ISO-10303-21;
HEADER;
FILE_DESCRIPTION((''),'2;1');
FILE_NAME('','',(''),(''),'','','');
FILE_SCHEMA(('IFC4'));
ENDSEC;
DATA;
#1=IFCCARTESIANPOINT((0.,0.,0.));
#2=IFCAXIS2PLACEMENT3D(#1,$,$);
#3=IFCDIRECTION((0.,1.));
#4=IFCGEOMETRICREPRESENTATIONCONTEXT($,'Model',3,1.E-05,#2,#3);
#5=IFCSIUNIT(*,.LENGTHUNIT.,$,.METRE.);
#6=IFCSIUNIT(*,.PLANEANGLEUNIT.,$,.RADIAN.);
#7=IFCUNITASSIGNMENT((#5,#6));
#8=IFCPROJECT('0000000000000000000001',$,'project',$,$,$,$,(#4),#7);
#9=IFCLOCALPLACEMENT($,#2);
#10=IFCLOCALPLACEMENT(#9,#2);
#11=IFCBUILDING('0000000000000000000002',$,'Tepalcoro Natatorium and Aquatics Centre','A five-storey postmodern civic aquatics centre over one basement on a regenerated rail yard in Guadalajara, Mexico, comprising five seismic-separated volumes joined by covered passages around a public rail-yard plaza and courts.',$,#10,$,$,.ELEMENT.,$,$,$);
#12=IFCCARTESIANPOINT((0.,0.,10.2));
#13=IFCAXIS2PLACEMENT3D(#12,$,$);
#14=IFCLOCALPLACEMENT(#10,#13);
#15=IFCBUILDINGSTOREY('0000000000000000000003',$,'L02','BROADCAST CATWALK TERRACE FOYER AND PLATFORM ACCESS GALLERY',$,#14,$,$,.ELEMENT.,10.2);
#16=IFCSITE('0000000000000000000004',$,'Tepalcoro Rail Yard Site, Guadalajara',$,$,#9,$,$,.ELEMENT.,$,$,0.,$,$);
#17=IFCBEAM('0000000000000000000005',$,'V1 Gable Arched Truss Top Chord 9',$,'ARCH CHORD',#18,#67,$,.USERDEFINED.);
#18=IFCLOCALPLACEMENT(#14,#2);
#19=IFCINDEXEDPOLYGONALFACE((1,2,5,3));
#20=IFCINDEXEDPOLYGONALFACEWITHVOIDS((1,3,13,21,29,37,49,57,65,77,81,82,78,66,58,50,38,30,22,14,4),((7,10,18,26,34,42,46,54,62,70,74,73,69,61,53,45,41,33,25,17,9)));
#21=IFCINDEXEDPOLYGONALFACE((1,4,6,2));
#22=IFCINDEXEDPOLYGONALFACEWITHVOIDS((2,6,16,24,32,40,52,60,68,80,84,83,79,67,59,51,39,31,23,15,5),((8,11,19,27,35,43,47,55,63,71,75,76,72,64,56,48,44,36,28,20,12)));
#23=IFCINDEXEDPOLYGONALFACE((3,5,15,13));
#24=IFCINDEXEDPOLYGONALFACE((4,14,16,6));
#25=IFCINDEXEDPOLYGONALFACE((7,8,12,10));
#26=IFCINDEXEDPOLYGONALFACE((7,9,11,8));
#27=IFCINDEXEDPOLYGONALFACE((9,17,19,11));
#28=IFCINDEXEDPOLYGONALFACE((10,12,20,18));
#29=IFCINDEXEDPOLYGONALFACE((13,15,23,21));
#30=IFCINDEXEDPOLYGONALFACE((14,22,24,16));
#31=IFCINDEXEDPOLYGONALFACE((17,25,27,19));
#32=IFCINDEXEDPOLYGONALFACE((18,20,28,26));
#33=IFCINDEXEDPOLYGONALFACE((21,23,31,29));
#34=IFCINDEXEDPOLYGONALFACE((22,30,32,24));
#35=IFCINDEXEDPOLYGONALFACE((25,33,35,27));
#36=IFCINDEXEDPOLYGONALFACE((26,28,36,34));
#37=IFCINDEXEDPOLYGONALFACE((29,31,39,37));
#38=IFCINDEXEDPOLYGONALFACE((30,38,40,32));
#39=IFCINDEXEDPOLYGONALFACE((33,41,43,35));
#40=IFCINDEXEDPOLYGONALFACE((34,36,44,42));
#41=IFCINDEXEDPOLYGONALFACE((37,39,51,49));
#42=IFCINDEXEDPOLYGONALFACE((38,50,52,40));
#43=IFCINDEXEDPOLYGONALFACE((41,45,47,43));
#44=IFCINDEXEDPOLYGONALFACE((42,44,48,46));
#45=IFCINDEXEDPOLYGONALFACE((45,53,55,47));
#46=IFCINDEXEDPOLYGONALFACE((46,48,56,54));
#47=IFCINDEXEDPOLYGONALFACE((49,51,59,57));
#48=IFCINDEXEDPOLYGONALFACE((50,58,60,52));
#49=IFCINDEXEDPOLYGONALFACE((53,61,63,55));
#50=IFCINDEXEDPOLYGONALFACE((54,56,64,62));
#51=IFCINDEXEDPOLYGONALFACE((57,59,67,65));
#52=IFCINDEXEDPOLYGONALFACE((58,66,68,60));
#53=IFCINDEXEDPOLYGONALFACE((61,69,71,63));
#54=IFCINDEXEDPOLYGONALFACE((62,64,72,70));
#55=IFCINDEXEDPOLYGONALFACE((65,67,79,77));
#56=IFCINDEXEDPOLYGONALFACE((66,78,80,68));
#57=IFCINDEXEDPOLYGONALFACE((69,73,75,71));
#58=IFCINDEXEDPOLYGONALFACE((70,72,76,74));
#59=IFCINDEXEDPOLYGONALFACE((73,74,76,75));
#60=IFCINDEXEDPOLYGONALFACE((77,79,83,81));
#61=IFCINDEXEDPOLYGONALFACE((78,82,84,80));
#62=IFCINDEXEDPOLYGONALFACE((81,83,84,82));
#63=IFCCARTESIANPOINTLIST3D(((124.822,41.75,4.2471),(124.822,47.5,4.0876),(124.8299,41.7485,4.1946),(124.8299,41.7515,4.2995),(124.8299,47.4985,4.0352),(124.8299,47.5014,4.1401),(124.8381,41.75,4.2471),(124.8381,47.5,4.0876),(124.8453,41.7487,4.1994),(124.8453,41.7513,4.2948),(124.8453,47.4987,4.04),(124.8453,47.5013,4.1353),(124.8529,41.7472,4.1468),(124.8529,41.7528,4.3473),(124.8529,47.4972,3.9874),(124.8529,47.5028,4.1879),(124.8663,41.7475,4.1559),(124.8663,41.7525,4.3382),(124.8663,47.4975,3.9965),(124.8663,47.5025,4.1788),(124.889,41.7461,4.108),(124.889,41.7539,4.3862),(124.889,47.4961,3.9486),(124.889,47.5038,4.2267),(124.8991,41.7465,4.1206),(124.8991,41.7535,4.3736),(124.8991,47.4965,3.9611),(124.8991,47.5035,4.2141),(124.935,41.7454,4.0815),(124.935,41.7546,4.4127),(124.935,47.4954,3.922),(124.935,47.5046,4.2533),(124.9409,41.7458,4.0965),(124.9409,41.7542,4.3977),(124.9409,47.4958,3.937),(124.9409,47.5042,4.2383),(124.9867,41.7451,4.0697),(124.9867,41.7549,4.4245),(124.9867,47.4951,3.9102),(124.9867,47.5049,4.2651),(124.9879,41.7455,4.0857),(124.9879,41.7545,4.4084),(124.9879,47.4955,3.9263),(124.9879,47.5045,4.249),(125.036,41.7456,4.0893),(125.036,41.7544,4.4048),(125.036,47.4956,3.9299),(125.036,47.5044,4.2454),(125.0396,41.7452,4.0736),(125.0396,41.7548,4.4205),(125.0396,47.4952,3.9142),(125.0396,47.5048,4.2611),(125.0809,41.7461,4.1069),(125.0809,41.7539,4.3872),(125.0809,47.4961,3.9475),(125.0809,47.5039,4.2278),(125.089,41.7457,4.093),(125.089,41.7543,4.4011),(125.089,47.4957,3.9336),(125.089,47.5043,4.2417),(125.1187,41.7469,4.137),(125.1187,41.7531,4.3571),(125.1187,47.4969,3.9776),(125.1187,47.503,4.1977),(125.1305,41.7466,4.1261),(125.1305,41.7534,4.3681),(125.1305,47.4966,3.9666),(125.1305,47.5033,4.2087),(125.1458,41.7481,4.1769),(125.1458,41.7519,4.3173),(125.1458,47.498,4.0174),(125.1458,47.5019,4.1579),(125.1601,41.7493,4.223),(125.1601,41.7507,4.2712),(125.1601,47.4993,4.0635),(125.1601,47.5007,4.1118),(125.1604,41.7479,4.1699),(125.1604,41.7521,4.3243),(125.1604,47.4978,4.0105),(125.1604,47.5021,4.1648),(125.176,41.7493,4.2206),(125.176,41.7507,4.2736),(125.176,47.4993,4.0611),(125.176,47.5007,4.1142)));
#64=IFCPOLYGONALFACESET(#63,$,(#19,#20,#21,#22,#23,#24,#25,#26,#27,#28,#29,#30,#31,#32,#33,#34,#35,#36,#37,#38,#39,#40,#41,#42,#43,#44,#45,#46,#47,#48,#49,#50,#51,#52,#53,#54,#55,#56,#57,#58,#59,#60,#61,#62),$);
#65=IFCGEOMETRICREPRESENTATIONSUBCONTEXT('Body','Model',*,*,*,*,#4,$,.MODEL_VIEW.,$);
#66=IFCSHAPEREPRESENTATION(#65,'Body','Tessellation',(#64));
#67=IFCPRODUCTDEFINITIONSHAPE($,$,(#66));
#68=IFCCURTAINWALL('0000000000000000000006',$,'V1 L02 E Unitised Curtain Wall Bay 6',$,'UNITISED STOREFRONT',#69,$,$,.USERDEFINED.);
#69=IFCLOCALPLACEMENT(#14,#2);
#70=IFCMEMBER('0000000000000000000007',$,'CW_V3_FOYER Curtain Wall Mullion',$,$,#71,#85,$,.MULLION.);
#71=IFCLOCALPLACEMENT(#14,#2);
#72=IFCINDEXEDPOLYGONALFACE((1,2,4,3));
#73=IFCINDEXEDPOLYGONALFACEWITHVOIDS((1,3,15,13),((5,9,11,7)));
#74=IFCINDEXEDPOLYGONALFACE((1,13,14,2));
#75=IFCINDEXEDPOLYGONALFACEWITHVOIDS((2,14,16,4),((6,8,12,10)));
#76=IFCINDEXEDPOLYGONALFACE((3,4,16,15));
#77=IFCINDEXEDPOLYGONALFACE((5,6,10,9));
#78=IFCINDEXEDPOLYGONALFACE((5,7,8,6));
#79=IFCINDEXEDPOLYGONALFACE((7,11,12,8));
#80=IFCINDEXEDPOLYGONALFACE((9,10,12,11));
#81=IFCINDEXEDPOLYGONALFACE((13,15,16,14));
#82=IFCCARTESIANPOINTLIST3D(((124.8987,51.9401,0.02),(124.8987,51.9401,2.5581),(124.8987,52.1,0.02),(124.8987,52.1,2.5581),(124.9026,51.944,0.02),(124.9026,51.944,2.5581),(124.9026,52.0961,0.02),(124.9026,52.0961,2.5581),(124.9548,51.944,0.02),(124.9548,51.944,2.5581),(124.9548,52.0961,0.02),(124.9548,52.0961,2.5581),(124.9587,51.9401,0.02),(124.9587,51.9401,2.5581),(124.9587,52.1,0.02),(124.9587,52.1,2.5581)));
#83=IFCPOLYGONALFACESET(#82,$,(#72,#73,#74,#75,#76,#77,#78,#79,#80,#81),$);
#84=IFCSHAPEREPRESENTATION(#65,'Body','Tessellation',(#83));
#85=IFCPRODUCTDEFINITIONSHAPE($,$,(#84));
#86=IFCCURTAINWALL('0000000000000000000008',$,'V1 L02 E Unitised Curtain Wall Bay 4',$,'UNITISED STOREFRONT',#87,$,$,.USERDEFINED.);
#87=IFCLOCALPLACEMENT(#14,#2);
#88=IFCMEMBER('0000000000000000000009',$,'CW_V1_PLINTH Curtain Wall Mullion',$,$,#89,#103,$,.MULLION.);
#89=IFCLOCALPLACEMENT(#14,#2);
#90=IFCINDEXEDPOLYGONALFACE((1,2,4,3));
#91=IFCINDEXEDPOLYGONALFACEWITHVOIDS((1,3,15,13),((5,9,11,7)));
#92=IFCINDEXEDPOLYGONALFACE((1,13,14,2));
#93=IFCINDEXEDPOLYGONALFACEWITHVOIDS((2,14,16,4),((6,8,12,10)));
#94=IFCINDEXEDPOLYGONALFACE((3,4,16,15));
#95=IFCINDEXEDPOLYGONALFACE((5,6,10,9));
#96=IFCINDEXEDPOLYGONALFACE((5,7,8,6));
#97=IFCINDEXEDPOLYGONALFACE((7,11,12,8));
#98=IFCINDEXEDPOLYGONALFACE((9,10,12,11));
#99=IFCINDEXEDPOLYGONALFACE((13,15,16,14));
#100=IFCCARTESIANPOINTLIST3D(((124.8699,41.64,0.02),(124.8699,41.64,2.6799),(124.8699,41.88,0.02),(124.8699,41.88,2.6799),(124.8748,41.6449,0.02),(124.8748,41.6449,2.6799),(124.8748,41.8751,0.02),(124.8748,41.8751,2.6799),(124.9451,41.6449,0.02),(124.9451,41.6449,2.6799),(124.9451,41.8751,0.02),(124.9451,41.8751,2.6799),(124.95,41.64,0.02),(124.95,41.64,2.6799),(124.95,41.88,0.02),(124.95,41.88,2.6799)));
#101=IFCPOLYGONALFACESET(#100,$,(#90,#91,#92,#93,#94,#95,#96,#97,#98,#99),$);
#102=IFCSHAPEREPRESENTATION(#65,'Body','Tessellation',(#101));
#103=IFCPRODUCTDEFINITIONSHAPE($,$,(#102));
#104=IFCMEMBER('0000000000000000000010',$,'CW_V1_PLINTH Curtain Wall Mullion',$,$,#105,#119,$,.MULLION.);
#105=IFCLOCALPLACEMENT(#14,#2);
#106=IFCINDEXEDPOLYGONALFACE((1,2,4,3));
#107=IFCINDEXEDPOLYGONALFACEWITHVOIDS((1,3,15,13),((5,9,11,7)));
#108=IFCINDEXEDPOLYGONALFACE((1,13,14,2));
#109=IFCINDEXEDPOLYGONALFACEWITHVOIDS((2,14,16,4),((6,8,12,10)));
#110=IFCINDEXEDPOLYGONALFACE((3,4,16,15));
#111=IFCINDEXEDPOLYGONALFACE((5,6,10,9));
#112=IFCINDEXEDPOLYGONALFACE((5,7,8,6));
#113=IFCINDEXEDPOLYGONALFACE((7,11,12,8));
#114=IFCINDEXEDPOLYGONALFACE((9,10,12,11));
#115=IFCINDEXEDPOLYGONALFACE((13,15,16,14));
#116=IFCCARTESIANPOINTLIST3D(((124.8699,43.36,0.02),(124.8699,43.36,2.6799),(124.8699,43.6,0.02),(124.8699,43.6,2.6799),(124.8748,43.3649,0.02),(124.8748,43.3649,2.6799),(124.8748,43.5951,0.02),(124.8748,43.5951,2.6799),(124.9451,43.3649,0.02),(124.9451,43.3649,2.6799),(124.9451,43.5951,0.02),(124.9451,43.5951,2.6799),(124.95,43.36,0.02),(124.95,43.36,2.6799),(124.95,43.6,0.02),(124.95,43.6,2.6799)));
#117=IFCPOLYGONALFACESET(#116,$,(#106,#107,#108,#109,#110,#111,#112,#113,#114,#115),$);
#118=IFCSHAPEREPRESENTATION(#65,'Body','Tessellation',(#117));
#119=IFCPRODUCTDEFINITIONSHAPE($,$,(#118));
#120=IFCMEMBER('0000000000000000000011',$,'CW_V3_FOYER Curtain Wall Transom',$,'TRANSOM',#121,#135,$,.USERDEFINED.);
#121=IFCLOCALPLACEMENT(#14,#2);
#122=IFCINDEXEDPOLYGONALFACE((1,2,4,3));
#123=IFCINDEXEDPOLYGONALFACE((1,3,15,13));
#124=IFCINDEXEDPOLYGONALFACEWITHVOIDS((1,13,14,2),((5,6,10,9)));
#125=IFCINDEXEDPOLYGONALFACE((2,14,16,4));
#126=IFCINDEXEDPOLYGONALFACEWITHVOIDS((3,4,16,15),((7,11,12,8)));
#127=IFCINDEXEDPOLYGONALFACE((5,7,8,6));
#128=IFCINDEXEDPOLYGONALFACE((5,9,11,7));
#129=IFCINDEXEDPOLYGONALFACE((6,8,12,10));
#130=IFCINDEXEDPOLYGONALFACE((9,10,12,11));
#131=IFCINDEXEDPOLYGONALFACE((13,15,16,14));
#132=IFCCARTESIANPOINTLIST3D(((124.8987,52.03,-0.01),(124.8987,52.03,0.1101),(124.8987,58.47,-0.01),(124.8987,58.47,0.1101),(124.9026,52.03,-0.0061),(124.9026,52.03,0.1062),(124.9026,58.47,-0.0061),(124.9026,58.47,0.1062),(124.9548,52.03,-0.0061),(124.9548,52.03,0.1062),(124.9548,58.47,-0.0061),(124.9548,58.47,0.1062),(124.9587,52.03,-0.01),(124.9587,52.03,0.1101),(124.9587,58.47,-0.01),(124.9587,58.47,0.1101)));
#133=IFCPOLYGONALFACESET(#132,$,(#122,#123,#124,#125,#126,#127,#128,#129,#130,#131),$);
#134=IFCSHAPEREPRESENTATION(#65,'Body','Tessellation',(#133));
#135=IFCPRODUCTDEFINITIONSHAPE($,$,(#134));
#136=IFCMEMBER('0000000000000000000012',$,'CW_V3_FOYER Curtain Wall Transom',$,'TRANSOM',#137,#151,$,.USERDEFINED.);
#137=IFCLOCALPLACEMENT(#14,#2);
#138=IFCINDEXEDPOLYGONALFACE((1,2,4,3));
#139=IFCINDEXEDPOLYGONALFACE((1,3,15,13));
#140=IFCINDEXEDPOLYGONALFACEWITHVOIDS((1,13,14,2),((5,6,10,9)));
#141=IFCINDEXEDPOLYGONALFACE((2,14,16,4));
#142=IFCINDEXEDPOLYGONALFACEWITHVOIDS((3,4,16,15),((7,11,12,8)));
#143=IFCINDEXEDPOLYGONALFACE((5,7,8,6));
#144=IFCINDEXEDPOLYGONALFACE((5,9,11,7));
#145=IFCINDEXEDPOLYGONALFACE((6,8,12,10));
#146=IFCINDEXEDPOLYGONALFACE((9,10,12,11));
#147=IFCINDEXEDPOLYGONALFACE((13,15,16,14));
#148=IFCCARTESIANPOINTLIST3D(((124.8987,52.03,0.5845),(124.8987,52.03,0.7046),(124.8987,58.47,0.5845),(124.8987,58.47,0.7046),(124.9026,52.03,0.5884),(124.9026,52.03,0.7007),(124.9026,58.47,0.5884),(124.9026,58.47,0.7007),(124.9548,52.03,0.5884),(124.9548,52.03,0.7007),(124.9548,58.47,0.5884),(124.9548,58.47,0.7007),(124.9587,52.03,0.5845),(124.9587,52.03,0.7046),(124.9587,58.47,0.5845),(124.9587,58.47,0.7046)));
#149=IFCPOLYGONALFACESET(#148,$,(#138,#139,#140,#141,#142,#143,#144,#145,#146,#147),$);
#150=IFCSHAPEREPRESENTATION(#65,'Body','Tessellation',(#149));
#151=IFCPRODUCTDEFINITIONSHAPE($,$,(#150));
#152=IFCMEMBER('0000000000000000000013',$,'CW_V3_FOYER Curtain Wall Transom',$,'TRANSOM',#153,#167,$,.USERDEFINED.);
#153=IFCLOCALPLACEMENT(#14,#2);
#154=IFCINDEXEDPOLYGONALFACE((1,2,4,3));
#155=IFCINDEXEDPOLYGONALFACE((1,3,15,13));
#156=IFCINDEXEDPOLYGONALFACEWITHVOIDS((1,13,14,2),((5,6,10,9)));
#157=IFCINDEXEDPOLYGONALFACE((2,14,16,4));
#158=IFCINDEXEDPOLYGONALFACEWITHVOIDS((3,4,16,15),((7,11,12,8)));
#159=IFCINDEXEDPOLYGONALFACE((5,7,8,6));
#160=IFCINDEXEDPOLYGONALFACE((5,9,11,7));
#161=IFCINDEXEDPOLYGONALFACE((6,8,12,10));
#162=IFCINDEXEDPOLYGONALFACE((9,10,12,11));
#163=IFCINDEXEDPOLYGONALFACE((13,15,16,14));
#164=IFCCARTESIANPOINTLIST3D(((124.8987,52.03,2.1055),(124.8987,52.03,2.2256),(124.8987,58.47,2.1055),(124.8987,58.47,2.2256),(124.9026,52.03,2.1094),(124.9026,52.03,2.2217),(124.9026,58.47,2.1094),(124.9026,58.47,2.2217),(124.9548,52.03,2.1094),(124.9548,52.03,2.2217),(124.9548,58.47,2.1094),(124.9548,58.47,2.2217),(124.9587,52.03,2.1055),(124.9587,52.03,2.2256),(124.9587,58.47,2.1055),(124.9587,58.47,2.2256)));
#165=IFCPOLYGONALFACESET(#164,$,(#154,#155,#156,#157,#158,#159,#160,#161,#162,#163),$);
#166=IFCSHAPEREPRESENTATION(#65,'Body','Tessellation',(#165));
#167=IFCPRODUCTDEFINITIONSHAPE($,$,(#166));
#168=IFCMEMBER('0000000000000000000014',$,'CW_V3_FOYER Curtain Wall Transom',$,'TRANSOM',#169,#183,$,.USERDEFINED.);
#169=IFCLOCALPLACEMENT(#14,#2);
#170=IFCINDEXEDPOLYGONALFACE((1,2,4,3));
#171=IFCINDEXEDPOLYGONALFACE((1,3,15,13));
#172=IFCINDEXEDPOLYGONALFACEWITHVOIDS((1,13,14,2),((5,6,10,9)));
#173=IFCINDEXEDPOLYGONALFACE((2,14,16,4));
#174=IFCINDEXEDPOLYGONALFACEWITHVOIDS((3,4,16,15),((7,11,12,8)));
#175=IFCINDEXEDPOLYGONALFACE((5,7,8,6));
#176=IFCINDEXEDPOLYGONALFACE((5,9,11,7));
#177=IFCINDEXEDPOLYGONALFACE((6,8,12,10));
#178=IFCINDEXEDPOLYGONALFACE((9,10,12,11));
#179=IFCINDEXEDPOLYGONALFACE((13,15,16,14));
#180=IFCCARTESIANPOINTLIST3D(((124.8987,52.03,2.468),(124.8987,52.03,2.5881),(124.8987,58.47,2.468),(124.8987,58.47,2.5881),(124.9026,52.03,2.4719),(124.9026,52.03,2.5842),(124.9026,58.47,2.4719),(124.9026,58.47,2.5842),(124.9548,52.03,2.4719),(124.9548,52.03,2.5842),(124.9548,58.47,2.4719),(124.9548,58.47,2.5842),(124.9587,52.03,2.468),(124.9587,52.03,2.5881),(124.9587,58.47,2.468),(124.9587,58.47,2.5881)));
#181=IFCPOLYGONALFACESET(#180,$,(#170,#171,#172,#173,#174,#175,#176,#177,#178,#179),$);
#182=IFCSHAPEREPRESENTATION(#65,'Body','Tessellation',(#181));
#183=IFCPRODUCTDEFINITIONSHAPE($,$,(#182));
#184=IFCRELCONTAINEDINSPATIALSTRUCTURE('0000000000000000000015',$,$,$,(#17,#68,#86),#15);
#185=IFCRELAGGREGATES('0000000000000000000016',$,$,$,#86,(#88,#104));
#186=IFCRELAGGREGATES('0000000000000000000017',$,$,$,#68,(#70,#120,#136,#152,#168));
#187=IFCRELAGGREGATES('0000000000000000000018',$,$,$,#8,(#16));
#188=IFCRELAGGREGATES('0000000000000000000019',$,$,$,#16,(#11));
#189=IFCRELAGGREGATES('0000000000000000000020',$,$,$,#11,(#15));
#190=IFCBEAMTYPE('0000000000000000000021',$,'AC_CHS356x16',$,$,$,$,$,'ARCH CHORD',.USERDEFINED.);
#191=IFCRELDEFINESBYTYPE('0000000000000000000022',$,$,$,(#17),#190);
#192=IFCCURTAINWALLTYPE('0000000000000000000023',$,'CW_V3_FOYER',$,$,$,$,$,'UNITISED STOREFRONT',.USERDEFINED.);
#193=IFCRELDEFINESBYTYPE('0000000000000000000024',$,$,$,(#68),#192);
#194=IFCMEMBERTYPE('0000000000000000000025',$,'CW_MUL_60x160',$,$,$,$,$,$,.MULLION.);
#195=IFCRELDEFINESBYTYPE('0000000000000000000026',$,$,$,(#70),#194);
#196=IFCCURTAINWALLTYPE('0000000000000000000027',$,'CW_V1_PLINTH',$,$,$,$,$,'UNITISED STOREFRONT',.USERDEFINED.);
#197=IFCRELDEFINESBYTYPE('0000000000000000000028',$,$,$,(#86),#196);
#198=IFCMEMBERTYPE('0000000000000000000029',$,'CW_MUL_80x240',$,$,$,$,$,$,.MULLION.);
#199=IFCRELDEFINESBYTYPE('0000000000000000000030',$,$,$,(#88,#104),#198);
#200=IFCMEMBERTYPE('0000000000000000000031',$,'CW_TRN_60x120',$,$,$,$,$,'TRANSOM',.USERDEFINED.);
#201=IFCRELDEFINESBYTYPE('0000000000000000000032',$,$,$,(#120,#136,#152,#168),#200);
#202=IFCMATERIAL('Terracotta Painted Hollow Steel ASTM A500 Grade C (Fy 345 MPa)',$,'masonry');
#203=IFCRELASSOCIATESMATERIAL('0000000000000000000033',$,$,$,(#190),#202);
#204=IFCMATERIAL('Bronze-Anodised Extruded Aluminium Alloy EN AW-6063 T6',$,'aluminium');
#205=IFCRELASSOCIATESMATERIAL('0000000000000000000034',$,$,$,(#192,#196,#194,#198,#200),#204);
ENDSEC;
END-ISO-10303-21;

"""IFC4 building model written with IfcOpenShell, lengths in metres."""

from ifc_helpers import new_model, si_unit, direction, frame, origin, origin_2d, place, context, subcontext, project, spatial, hollow_rectangle, hollow_circle, extrude, material, material_profile, profile_set, type_object, element, aggregate, save


model = new_model("IFC4")

# Units and contexts
model_context = context("Model", 3, precision=1e-05, world=origin(), true_north=direction((0.0, 1.0)))
body_context = subcontext(model_context, "Body", "Model", "MODEL_VIEW")
ifc_project = project(units=[si_unit("LENGTHUNIT", "METRE"), si_unit("PLANEANGLEUNIT", "RADIAN")], contexts=[model_context])

# Site, building, storey
site_placement = place(None, origin())
site = spatial("IfcSite", under=ifc_project, at=site_placement, Name="Tepalcoro Rail Yard Site, Guadalajara", CompositionType="ELEMENT", RefElevation=0.0)
building_placement = place(site_placement, origin())
building = spatial("IfcBuilding", under=site, at=building_placement, Name="Tepalcoro Natatorium and Aquatics Centre", Description="A five-storey postmodern civic aquatics centre over one basement on a regenerated rail yard in Guadalajara, Mexico, comprising five seismic-separated volumes joined by covered passages around a public rail-yard plaza and courts.", CompositionType="ELEMENT")
storey_placement = place(building_placement, frame((0.0, 0.0, 10.2)))
storey = spatial("IfcBuildingStorey", under=building, at=storey_placement, Name="L02", Description="BROADCAST CATWALK TERRACE FOYER AND PLATFORM ACCESS GALLERY", CompositionType="ELEMENT", Elevation=10.2)

# Beam
ifc_material_1 = material(Name="Terracotta Painted Hollow Steel ASTM A500 Grade C (Fy 345 MPa)", Category="masonry")
ifc_material_profile_1 = material_profile(ifc_material_1, hollow_circle(Radius=0.178, WallThickness=0.0161, at=origin_2d()), Name="CHS356X16")
ifc_profile_set_1 = profile_set([ifc_material_profile_1], Name="Terracotta Painted Hollow Steel ASTM A500 Grade C (Fy 345 MPa)")
beam_type = type_object("IfcBeamType", Name="AC_CHS356x16", ElementType="ARCH CHORD", PredefinedType="USERDEFINED", material=ifc_profile_set_1)
beam_placement = place(storey_placement, frame((125.0, 41.75, 4.2471), z_axis=(0.0, 0.999616, -0.027715), x_axis=(-1.0, 0.0, 0.0)))
element("IfcBeam", 1, at=beam_placement, inside=storey, type_object=beam_type, Name="V1 Gable Arched Truss Top Chord 9", ObjectType="ARCH CHORD", PredefinedType="USERDEFINED", context=body_context, shape_type="SweptSolid", body=[
    extrude(hollow_circle(Radius=0.178, WallThickness=0.0161, at=origin_2d()), origin(), (0.0, 0.0, 1.0), 5.7522),
])

# Curtain wall, member
ifc_material_2 = material(Name="Bronze-Anodised Extruded Aluminium Alloy EN AW-6063 T6", Category="aluminium")
curtain_wall_type_1 = type_object("IfcCurtainWallType", Name="CW_V3_FOYER", ElementType="UNITISED STOREFRONT", PredefinedType="USERDEFINED", material=ifc_material_2)
curtain_wall_1_placement = place(storey_placement, origin())
curtain_wall_1 = element("IfcCurtainWall", 2, at=curtain_wall_1_placement, inside=storey, type_object=curtain_wall_type_1, Name="V1 L02 E Unitised Curtain Wall Bay 6", ObjectType="UNITISED STOREFRONT", PredefinedType="USERDEFINED")
ifc_material_profile_2 = material_profile(ifc_material_2, hollow_rectangle(XDim=0.0601, YDim=0.1599, WallThickness=0.0039, at=origin_2d()), Name="AL60X160X4")
ifc_profile_set_2 = profile_set([ifc_material_profile_2], Name="Bronze-Anodised Extruded Aluminium Alloy EN AW-6063 T6")
member_type_1 = type_object("IfcMemberType", Name="CW_MUL_60x160", PredefinedType="MULLION", material=ifc_profile_set_2)
member_1_placement = place(storey_placement, frame((124.9287, 52.02, 0.02), z_axis=(0.0, 0.0, 1.0), x_axis=(1.0, 0.0, 0.0)))
member_1 = element("IfcMember", 3, at=member_1_placement, type_object=member_type_1, Name="CW_V3_FOYER Curtain Wall Mullion", PredefinedType="MULLION", context=body_context, shape_type="SweptSolid", body=[
    extrude(hollow_rectangle(XDim=0.0601, YDim=0.1599, WallThickness=0.0039, at=origin_2d()), origin(), (0.0, 0.0, 1.0), 2.5381),
])

# Curtain wall, members
curtain_wall_type_2 = type_object("IfcCurtainWallType", Name="CW_V1_PLINTH", ElementType="UNITISED STOREFRONT", PredefinedType="USERDEFINED", material=ifc_material_2)
curtain_wall_2_placement = place(storey_placement, origin())
curtain_wall_2 = element("IfcCurtainWall", 4, at=curtain_wall_2_placement, inside=storey, type_object=curtain_wall_type_2, Name="V1 L02 E Unitised Curtain Wall Bay 4", ObjectType="UNITISED STOREFRONT", PredefinedType="USERDEFINED")
ifc_material_profile_3 = material_profile(ifc_material_2, hollow_rectangle(XDim=0.0801, YDim=0.24, WallThickness=0.0049, at=origin_2d()), Name="AL80X240X5")
ifc_profile_set_3 = profile_set([ifc_material_profile_3], Name="Bronze-Anodised Extruded Aluminium Alloy EN AW-6063 T6")
member_type_2 = type_object("IfcMemberType", Name="CW_MUL_80x240", PredefinedType="MULLION", material=ifc_profile_set_3)
member_2_placement = place(storey_placement, frame((124.9099, 41.76, 0.02), z_axis=(0.0, 0.0, 1.0), x_axis=(1.0, 0.0, 0.0)))
member_2 = element("IfcMember", 5, at=member_2_placement, type_object=member_type_2, Name="CW_V1_PLINTH Curtain Wall Mullion", PredefinedType="MULLION", context=body_context, shape_type="SweptSolid", body=[
    extrude(hollow_rectangle(XDim=0.0801, YDim=0.24, WallThickness=0.0049, at=origin_2d()), origin(), (0.0, 0.0, 1.0), 2.6599),
])
member_3_placement = place(storey_placement, frame((124.9099, 43.48, 0.02), z_axis=(0.0, 0.0, 1.0), x_axis=(1.0, 0.0, 0.0)))
member_3 = element("IfcMember", 6, at=member_3_placement, type_object=member_type_2, Name="CW_V1_PLINTH Curtain Wall Mullion", PredefinedType="MULLION", context=body_context, shape_type="SweptSolid", body=[
    extrude(hollow_rectangle(XDim=0.0801, YDim=0.24, WallThickness=0.0049, at=origin_2d()), origin(), (0.0, 0.0, 1.0), 2.6599),
])

# Members
ifc_material_profile_4 = material_profile(ifc_material_2, hollow_rectangle(XDim=0.0601, YDim=0.1201, WallThickness=0.0039, at=origin_2d()), Name="AL60X120X4")
ifc_profile_set_4 = profile_set([ifc_material_profile_4], Name="Bronze-Anodised Extruded Aluminium Alloy EN AW-6063 T6")
member_type_3 = type_object("IfcMemberType", Name="CW_TRN_60x120", ElementType="TRANSOM", PredefinedType="USERDEFINED", material=ifc_profile_set_4)
member_4_placement = place(storey_placement, frame((124.9287, 52.03, 0.05), z_axis=(0.0, 1.0, 0.0), x_axis=(-1.0, 0.0, 0.0)))
member_4 = element("IfcMember", 7, at=member_4_placement, type_object=member_type_3, Name="CW_V3_FOYER Curtain Wall Transom", ObjectType="TRANSOM", PredefinedType="USERDEFINED", context=body_context, shape_type="SweptSolid", body=[
    extrude(hollow_rectangle(XDim=0.0601, YDim=0.1201, WallThickness=0.0039, at=origin_2d()), origin(), (0.0, 0.0, 1.0), 6.4399),
])
member_5_placement = place(storey_placement, frame((124.9287, 52.03, 0.6445), z_axis=(0.0, 1.0, 0.0), x_axis=(-1.0, 0.0, 0.0)))
member_5 = element("IfcMember", 8, at=member_5_placement, type_object=member_type_3, Name="CW_V3_FOYER Curtain Wall Transom", ObjectType="TRANSOM", PredefinedType="USERDEFINED", context=body_context, shape_type="SweptSolid", body=[
    extrude(hollow_rectangle(XDim=0.0601, YDim=0.1201, WallThickness=0.0039, at=origin_2d()), origin(), (0.0, 0.0, 1.0), 6.4399),
])
member_6_placement = place(storey_placement, frame((124.9287, 52.03, 2.1655), z_axis=(0.0, 1.0, 0.0), x_axis=(-1.0, 0.0, 0.0)))
member_6 = element("IfcMember", 9, at=member_6_placement, type_object=member_type_3, Name="CW_V3_FOYER Curtain Wall Transom", ObjectType="TRANSOM", PredefinedType="USERDEFINED", context=body_context, shape_type="SweptSolid", body=[
    extrude(hollow_rectangle(XDim=0.0601, YDim=0.1201, WallThickness=0.0039, at=origin_2d()), origin(), (0.0, 0.0, 1.0), 6.4399),
])
member_7_placement = place(storey_placement, frame((124.9287, 52.03, 2.5281), z_axis=(0.0, 1.0, 0.0), x_axis=(-1.0, 0.0, 0.0)))
member_7 = element("IfcMember", 10, at=member_7_placement, type_object=member_type_3, Name="CW_V3_FOYER Curtain Wall Transom", ObjectType="TRANSOM", PredefinedType="USERDEFINED", context=body_context, shape_type="SweptSolid", body=[
    extrude(hollow_rectangle(XDim=0.0601, YDim=0.1201, WallThickness=0.0039, at=origin_2d()), origin(), (0.0, 0.0, 1.0), 6.4399),
])

aggregate(curtain_wall_2, [member_2, member_3])
aggregate(curtain_wall_1, [member_1, member_4, member_5, member_6, member_7])

save(model, "model.ifc")
